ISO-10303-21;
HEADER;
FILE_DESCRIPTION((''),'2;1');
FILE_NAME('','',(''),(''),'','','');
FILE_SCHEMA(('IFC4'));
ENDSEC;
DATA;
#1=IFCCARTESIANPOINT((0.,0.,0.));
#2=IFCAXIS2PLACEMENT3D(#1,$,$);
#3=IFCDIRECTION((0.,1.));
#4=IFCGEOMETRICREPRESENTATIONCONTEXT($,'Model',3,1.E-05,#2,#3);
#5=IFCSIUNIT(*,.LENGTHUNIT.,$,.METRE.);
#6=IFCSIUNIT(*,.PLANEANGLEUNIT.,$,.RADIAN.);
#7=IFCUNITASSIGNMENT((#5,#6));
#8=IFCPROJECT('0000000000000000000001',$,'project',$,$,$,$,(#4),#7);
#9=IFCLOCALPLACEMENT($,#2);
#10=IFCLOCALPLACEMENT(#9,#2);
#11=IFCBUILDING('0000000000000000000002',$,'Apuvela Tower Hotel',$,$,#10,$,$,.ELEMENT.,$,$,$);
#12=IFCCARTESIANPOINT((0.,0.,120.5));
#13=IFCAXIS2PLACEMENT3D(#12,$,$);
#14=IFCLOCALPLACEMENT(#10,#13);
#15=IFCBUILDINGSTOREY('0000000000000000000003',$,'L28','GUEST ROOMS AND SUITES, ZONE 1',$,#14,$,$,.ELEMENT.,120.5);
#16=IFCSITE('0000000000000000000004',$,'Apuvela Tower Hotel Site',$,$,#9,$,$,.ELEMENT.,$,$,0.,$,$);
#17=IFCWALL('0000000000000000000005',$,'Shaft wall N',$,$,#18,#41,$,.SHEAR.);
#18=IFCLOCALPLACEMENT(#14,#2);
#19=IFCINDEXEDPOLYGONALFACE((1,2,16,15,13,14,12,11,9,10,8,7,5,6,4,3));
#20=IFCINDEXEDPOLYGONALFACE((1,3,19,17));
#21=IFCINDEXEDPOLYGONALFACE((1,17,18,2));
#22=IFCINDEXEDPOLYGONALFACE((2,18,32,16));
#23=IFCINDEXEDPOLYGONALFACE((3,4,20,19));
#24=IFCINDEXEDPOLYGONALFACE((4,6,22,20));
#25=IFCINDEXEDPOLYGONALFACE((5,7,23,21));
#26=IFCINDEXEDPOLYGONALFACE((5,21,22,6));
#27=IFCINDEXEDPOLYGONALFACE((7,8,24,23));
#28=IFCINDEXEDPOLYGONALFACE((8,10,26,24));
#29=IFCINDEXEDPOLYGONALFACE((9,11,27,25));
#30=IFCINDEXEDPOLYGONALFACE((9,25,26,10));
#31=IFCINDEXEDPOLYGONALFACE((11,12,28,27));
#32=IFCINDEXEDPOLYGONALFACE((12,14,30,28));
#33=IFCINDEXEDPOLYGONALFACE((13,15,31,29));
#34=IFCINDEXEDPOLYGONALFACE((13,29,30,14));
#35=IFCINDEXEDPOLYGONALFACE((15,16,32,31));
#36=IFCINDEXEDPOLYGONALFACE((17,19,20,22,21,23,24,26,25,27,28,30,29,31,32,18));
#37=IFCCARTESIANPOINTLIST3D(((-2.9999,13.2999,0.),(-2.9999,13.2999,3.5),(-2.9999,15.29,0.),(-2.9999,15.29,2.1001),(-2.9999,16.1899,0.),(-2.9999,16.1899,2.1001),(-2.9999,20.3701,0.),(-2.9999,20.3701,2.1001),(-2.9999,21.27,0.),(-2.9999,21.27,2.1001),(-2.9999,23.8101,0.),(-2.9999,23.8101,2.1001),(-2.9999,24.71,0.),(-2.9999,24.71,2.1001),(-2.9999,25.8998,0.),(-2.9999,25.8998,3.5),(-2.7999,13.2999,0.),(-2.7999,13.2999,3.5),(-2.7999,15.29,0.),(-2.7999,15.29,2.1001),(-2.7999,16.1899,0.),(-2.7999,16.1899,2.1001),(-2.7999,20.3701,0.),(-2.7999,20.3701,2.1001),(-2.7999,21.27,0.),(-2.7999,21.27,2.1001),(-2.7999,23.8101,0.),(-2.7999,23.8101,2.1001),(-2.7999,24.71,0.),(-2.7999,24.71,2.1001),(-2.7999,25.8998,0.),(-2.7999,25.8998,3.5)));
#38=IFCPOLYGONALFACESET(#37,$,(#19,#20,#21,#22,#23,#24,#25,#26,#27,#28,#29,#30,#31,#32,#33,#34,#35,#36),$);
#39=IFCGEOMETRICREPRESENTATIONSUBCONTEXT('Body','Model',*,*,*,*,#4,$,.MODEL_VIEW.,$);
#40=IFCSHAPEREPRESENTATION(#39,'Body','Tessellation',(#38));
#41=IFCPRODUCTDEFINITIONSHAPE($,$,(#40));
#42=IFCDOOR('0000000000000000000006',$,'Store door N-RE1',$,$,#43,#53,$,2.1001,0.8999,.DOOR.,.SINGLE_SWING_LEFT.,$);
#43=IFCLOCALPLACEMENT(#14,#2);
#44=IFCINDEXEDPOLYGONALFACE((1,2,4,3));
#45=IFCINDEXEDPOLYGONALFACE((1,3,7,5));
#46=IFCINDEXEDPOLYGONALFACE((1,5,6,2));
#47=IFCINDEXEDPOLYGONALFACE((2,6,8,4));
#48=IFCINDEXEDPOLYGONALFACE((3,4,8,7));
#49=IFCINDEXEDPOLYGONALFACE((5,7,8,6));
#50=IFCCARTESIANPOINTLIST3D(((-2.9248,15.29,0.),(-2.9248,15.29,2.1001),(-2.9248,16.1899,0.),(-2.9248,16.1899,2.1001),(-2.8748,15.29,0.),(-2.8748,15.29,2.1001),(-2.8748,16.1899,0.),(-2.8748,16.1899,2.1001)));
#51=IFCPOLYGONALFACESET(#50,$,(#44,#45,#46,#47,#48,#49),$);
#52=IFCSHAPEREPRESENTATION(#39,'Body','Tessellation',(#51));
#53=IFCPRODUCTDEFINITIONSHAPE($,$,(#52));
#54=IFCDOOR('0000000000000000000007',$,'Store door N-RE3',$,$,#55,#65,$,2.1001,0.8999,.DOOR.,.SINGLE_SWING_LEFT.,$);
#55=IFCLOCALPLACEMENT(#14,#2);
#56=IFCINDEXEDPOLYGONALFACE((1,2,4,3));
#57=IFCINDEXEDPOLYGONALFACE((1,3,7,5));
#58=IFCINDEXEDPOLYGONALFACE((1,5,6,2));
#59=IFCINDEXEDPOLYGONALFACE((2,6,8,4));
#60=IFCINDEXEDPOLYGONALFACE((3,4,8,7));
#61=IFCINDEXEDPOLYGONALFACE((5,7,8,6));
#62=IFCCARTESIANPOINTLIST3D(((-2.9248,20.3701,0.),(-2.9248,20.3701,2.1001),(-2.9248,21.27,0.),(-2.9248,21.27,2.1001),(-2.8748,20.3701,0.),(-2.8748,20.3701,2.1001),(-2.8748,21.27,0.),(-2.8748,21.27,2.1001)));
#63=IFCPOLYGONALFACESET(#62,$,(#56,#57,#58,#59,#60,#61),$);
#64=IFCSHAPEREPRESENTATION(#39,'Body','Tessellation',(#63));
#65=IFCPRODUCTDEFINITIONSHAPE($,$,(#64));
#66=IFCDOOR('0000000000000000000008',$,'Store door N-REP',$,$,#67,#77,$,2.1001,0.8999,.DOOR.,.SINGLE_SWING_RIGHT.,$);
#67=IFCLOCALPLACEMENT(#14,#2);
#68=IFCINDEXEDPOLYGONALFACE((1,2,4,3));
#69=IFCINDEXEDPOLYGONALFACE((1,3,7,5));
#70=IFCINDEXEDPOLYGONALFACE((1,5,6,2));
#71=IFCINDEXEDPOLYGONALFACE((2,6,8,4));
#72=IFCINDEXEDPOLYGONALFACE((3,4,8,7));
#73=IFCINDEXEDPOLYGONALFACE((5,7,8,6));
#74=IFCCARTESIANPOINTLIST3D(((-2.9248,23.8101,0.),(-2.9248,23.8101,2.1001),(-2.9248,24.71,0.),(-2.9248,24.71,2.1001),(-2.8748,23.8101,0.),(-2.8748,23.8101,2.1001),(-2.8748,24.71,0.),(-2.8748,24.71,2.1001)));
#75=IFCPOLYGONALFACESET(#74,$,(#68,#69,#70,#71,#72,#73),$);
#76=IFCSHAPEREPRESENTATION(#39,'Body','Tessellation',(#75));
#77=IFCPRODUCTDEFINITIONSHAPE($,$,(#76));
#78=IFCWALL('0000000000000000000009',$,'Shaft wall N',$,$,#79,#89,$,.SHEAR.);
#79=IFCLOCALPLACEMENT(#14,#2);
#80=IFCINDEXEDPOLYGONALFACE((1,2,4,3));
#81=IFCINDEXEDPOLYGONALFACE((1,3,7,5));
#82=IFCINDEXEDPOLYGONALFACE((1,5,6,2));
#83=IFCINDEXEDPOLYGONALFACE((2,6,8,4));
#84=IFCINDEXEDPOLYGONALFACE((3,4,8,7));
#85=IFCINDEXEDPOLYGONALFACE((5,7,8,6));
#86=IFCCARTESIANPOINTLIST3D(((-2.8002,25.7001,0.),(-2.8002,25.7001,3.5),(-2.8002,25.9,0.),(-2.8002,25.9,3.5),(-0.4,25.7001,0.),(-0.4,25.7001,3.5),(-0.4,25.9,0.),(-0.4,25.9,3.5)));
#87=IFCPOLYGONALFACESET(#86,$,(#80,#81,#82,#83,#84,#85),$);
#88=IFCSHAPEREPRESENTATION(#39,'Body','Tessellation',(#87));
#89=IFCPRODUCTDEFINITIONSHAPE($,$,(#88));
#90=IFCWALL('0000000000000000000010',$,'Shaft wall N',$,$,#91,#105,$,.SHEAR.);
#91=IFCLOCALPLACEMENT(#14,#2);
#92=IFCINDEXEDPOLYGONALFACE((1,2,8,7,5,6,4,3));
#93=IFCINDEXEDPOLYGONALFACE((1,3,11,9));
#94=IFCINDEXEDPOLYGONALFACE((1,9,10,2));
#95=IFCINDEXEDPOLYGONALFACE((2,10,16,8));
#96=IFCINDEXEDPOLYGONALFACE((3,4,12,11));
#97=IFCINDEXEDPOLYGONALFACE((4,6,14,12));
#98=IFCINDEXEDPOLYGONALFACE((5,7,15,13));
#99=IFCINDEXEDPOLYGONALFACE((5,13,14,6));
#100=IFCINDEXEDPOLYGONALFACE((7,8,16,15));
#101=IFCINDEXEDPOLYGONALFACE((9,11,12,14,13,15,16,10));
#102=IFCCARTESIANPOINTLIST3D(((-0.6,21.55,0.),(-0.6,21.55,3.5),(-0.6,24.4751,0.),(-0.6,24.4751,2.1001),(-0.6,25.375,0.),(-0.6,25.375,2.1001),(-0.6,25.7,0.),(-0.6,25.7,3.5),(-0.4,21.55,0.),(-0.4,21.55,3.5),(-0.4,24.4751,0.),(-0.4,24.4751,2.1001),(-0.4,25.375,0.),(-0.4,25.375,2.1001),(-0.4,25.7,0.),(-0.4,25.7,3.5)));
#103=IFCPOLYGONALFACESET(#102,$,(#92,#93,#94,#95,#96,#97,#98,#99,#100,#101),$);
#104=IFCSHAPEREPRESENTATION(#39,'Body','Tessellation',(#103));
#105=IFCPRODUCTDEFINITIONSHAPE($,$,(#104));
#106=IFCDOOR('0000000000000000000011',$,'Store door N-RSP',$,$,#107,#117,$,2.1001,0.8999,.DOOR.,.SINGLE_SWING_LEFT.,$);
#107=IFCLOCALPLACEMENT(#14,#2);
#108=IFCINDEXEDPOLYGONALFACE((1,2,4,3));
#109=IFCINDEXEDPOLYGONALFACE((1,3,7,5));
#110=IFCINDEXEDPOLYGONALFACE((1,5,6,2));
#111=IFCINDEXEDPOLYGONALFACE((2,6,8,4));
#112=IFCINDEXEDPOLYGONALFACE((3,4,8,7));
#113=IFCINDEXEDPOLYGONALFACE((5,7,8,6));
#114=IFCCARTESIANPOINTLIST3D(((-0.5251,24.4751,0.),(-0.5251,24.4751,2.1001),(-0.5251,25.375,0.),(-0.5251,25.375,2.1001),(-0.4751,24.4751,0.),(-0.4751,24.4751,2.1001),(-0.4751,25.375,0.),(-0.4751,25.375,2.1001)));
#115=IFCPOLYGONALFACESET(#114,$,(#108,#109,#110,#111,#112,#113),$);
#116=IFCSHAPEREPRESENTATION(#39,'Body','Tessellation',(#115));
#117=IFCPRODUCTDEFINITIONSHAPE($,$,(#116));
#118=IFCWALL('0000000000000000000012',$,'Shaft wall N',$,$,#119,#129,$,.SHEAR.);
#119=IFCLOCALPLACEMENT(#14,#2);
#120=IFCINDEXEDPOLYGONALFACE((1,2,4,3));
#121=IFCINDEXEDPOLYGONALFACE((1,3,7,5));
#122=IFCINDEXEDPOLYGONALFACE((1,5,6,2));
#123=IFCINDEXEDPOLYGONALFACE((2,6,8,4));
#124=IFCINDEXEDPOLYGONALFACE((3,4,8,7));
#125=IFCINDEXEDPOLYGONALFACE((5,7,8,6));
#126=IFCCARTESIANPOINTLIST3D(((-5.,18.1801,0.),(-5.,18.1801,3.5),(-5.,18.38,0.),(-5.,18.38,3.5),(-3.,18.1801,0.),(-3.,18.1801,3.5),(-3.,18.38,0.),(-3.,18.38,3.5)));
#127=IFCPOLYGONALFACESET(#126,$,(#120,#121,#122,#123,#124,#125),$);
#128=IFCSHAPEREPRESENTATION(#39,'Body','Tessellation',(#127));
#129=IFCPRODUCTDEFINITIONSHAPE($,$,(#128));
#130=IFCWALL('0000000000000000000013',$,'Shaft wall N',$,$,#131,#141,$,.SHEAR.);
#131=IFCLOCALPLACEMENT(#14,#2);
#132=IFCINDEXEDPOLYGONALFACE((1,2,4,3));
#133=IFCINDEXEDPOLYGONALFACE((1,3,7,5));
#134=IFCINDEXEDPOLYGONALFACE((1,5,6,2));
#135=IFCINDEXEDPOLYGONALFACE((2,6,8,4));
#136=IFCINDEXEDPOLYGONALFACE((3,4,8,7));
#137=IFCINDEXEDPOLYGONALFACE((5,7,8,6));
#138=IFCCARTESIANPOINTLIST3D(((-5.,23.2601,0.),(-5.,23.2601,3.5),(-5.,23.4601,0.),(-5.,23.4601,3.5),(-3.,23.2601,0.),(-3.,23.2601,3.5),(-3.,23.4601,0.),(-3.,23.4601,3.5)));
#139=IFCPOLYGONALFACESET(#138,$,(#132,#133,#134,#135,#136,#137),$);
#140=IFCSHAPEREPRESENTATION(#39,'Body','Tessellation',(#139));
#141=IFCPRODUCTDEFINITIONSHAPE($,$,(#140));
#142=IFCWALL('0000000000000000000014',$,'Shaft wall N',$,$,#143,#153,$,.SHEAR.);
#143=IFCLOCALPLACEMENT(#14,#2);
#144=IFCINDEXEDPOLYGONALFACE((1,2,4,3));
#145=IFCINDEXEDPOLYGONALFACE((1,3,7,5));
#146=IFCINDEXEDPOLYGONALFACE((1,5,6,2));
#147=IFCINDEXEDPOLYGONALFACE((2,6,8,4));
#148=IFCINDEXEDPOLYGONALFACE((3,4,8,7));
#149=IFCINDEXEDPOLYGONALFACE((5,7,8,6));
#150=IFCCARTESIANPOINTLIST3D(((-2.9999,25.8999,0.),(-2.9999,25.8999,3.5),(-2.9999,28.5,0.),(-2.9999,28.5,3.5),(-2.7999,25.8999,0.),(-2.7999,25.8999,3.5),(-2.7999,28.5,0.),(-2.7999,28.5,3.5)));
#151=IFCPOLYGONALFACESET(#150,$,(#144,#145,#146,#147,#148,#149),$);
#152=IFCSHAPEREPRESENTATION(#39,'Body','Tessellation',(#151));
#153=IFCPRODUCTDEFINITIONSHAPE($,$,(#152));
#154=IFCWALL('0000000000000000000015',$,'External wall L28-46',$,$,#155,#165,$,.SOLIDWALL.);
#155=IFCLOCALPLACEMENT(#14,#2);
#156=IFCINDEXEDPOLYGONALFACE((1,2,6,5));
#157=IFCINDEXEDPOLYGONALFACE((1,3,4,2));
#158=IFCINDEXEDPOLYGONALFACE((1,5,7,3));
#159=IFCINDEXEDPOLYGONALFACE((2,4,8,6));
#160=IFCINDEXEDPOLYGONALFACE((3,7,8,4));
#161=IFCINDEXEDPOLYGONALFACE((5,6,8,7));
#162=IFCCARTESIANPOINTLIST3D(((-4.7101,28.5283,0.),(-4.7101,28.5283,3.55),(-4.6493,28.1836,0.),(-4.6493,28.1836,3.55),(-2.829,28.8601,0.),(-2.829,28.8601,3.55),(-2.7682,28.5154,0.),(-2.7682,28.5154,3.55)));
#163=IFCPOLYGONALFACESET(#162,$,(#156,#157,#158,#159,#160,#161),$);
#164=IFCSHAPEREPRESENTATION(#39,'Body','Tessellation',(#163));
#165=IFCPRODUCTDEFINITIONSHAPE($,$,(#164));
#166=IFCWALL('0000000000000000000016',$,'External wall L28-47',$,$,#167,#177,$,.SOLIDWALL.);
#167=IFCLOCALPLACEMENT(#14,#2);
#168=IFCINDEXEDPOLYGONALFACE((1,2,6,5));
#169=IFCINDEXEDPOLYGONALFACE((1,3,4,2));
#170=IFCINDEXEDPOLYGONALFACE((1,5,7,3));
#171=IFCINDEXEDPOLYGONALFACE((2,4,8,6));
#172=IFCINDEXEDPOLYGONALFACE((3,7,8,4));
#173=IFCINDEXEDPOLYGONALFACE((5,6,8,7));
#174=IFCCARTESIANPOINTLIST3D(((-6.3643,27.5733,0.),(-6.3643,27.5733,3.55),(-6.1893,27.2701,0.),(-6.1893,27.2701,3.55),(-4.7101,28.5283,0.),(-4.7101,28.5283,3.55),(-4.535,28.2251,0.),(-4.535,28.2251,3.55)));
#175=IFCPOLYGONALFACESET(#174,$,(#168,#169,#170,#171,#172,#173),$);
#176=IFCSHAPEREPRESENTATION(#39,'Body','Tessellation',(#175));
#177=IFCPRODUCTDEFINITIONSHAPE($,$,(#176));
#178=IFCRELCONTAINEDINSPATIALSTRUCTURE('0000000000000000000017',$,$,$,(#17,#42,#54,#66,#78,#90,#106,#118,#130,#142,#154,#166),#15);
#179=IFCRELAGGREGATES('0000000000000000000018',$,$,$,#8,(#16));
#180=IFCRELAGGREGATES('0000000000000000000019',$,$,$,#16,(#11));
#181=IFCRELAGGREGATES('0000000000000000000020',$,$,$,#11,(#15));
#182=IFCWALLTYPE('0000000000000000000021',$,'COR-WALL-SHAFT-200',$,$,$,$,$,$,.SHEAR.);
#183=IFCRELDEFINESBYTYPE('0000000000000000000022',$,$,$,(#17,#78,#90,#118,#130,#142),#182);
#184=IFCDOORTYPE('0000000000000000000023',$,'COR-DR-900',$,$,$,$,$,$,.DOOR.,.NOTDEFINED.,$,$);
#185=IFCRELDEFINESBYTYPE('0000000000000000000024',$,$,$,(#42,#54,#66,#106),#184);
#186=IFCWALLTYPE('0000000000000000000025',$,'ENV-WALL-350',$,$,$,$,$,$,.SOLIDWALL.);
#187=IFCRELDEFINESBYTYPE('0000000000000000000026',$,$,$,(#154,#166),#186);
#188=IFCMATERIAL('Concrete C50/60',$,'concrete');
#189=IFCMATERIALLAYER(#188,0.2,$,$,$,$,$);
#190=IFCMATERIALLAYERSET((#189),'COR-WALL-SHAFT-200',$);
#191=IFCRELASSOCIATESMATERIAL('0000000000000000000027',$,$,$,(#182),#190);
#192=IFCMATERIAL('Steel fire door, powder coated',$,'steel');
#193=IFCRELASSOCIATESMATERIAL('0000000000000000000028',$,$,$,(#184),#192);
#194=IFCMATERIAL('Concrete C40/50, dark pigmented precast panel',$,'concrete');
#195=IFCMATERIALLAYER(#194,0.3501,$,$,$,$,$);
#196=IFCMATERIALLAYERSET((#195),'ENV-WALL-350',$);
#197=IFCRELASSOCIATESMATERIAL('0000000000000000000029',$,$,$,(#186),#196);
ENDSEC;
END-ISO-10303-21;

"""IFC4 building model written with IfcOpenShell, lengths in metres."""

from ifc_helpers import new_model, si_unit, direction, frame, frame_2d, origin, place, context, subcontext, project, spatial, rectangle, extrude, material, layer, layer_set, type_object, element, fill, save


model = new_model("IFC4")

# Units and contexts
model_context = context("Model", 3, precision=1e-05, world=origin(), true_north=direction((0.0, 1.0)))
body_context = subcontext(model_context, "Body", "Model", "MODEL_VIEW")
ifc_project = project(units=[si_unit("LENGTHUNIT", "METRE"), si_unit("PLANEANGLEUNIT", "RADIAN")], contexts=[model_context])

# Site, building, storey
site_placement = place(None, origin())
site = spatial("IfcSite", under=ifc_project, at=site_placement, Name="Apuvela Tower Hotel Site", CompositionType="ELEMENT", RefElevation=0.0)
building_placement = place(site_placement, origin())
building = spatial("IfcBuilding", under=site, at=building_placement, Name="Apuvela Tower Hotel", CompositionType="ELEMENT")
storey_placement = place(building_placement, frame((0.0, 0.0, 120.5)))
storey = spatial("IfcBuildingStorey", under=building, at=storey_placement, Name="L28", Description="GUEST ROOMS AND SUITES, ZONE 1", CompositionType="ELEMENT", Elevation=120.5)

# Shared definitions
ifc_material_1 = material(Name="Concrete C50/60", Category="concrete")
ifc_layer_1 = layer(ifc_material_1, 0.2)
ifc_layer_set_1 = layer_set([ifc_layer_1], Name="COR-WALL-SHAFT-200")
wall_type_1 = type_object("IfcWallType", Name="COR-WALL-SHAFT-200", PredefinedType="SHEAR", material=ifc_layer_set_1)

# Wall, openings, doors
wall_1_placement = place(storey_placement, frame((-2.8999, 13.3, 0.0), z_axis=(0.0, 0.0, 1.0), x_axis=(0.0, 1.0, 0.0)))
wall_1 = element("IfcWall", 1, at=wall_1_placement, inside=storey, type_object=wall_type_1, Name="Shaft wall N", PredefinedType="SHEAR", context=body_context, shape_type="SweptSolid", body=[
    extrude(rectangle(XDim=12.5999, YDim=0.2, at=frame_2d((6.2998, 0.0))), origin(), (0.0, 0.0, 1.0), 3.5),
])
opening_1_placement = place(wall_1_placement, frame((1.99, 0.0, 0.0)))
opening_1 = element("IfcOpeningElement", 2, at=opening_1_placement, cuts=wall_1, PredefinedType="OPENING", context=body_context, shape_type="SweptSolid", body=[
    extrude(rectangle(XDim=0.8999, YDim=2.1001, at=frame_2d((0.45, 1.05))), frame((0.0, 0.1099, 0.0), z_axis=(0.0, -1.0, 0.0), x_axis=(1.0, 0.0, 0.0)), (0.0, 0.0, 1.0), 0.22),
])
opening_2_placement = place(wall_1_placement, frame((7.0701, 0.0, 0.0)))
opening_2 = element("IfcOpeningElement", 3, at=opening_2_placement, cuts=wall_1, PredefinedType="OPENING", context=body_context, shape_type="SweptSolid", body=[
    extrude(rectangle(XDim=0.8999, YDim=2.1001, at=frame_2d((0.45, 1.05))), frame((0.0, 0.1099, 0.0), z_axis=(0.0, -1.0, 0.0), x_axis=(1.0, 0.0, 0.0)), (0.0, 0.0, 1.0), 0.22),
])
opening_3_placement = place(wall_1_placement, frame((10.51, 0.0, 0.0)))
opening_3 = element("IfcOpeningElement", 4, at=opening_3_placement, cuts=wall_1, PredefinedType="OPENING", context=body_context, shape_type="SweptSolid", body=[
    extrude(rectangle(XDim=0.8999, YDim=2.1001, at=frame_2d((0.45, 1.05))), frame((0.0, 0.1099, 0.0), z_axis=(0.0, -1.0, 0.0), x_axis=(1.0, 0.0, 0.0)), (0.0, 0.0, 1.0), 0.22),
])
ifc_material_2 = material(Name="Steel fire door, powder coated", Category="steel")
door_type_1 = type_object("IfcDoorType", Name="COR-DR-900", OperationType="NOTDEFINED", PredefinedType="DOOR", material=ifc_material_2)
door_1_placement = place(opening_1_placement, origin())
door_1 = element("IfcDoor", 5, at=door_1_placement, inside=storey, type_object=door_type_1, Name="Store door N-RE1", OperationType="SINGLE_SWING_LEFT", OverallHeight=2.1001, OverallWidth=0.8999, PredefinedType="DOOR", context=body_context, shape_type="SweptSolid", body=[
    extrude(rectangle(XDim=0.8999, YDim=2.1001, at=frame_2d((0.45, 1.05))), frame((0.0, 0.0249, 0.0), z_axis=(0.0, -1.0, 0.0), x_axis=(1.0, 0.0, 0.0)), (0.0, 0.0, 1.0), 0.05),
])
fill(opening_1, door_1)
door_2_placement = place(opening_2_placement, origin())
door_2 = element("IfcDoor", 6, at=door_2_placement, inside=storey, type_object=door_type_1, Name="Store door N-RE3", OperationType="SINGLE_SWING_LEFT", OverallHeight=2.1001, OverallWidth=0.8999, PredefinedType="DOOR", context=body_context, shape_type="SweptSolid", body=[
    extrude(rectangle(XDim=0.8999, YDim=2.1001, at=frame_2d((0.45, 1.05))), frame((0.0, 0.0249, 0.0), z_axis=(0.0, -1.0, 0.0), x_axis=(1.0, 0.0, 0.0)), (0.0, 0.0, 1.0), 0.05),
])
fill(opening_2, door_2)
door_3_placement = place(opening_3_placement, origin())
door_3 = element("IfcDoor", 7, at=door_3_placement, inside=storey, type_object=door_type_1, Name="Store door N-REP", OperationType="SINGLE_SWING_RIGHT", OverallHeight=2.1001, OverallWidth=0.8999, PredefinedType="DOOR", context=body_context, shape_type="SweptSolid", body=[
    extrude(rectangle(XDim=0.8999, YDim=2.1001, at=frame_2d((0.45, 1.05))), frame((0.0, 0.0249, 0.0), z_axis=(0.0, -1.0, 0.0), x_axis=(1.0, 0.0, 0.0)), (0.0, 0.0, 1.0), 0.05),
])
fill(opening_3, door_3)

# Wall
wall_2_placement = place(storey_placement, frame((-0.3999, 25.8, 0.0), z_axis=(0.0, 0.0, 1.0), x_axis=(-1.0, 0.0, 0.0)))
element("IfcWall", 8, at=wall_2_placement, inside=storey, type_object=wall_type_1, Name="Shaft wall N", PredefinedType="SHEAR", context=body_context, shape_type="SweptSolid", body=[
    extrude(rectangle(XDim=2.4001, YDim=0.2, at=frame_2d((1.2002, 0.0))), origin(), (0.0, 0.0, 1.0), 3.5),
])

# Wall, opening, door
wall_3_placement = place(storey_placement, frame((-0.5, 21.55, 0.0), z_axis=(0.0, 0.0, 1.0), x_axis=(0.0, 1.0, 0.0)))
wall_3 = element("IfcWall", 9, at=wall_3_placement, inside=storey, type_object=wall_type_1, Name="Shaft wall N", PredefinedType="SHEAR", context=body_context, shape_type="SweptSolid", body=[
    extrude(rectangle(XDim=4.1499, YDim=0.2, at=frame_2d((2.075, 0.0))), origin(), (0.0, 0.0, 1.0), 3.5),
])
opening_4_placement = place(wall_3_placement, frame((2.925, 0.0, 0.0)))
opening_4 = element("IfcOpeningElement", 10, at=opening_4_placement, cuts=wall_3, PredefinedType="OPENING", context=body_context, shape_type="SweptSolid", body=[
    extrude(rectangle(XDim=0.8999, YDim=2.1001, at=frame_2d((0.45, 1.05))), frame((0.0, 0.1099, 0.0), z_axis=(0.0, -1.0, 0.0), x_axis=(1.0, 0.0, 0.0)), (0.0, 0.0, 1.0), 0.22),
])
door_4_placement = place(opening_4_placement, frame((0.8999, 0.0, 0.0), z_axis=(0.0, 0.0, 1.0), x_axis=(-1.0, 0.0, 0.0)))
door_4 = element("IfcDoor", 11, at=door_4_placement, inside=storey, type_object=door_type_1, Name="Store door N-RSP", OperationType="SINGLE_SWING_LEFT", OverallHeight=2.1001, OverallWidth=0.8999, PredefinedType="DOOR", context=body_context, shape_type="SweptSolid", body=[
    extrude(rectangle(XDim=0.8999, YDim=2.1001, at=frame_2d((0.45, 1.05))), frame((0.0, 0.0249, 0.0), z_axis=(0.0, -1.0, 0.0), x_axis=(1.0, 0.0, 0.0)), (0.0, 0.0, 1.0), 0.05),
])
fill(opening_4, door_4)

# Walls
for number, where, z_axis, x_axis, name in (
    (12, (-3.0, 18.28, 0.0), (0.0, 0.0, 1.0), (-1.0, 0.0, 0.0), "Shaft wall N"),
    (13, (-3.0, 23.3601, 0.0), (0.0, 0.0, 1.0), (-1.0, 0.0, 0.0), "Shaft wall N"),
):
    element("IfcWall", number, at=place(storey_placement, frame(where, z_axis=z_axis, x_axis=x_axis)), inside=storey, type_object=wall_type_1, Name=name, PredefinedType="SHEAR", context=body_context, shape_type="SweptSolid", body=[
        extrude(rectangle(XDim=2.0, YDim=0.2, at=frame_2d((1.0, 0.0))), origin(), (0.0, 0.0, 1.0), 3.5),
    ])
wall_4_placement = place(storey_placement, frame((-2.8999, 25.8999, 0.0), z_axis=(0.0, 0.0, 1.0), x_axis=(0.0, 1.0, 0.0)))
element("IfcWall", 14, at=wall_4_placement, inside=storey, type_object=wall_type_1, Name="Shaft wall N", PredefinedType="SHEAR", context=body_context, shape_type="SweptSolid", body=[
    extrude(rectangle(XDim=2.6001, YDim=0.2, at=frame_2d((1.3, 0.0))), origin(), (0.0, 0.0, 1.0), 3.5),
])

# Shared definitions
ifc_material_3 = material(Name="Concrete C40/50, dark pigmented precast panel", Category="concrete")
ifc_layer_2 = layer(ifc_material_3, 0.3501)
ifc_layer_set_2 = layer_set([ifc_layer_2], Name="ENV-WALL-350")
wall_type_2 = type_object("IfcWallType", Name="ENV-WALL-350", PredefinedType="SOLIDWALL", material=ifc_layer_set_2)

# Walls
for number, where, z_axis, x_axis, name in (
    (15, (-2.7986, 28.6877, 0.0), (0.0, 0.0, 1.0), (-0.984799, -0.173698, 0.0), "External wall L28-46"),
    (16, (-4.6226, 28.3767, 0.0), (0.0, 0.0, 1.0), (-0.866032, -0.499988, 0.0), "External wall L28-47"),
):
    element("IfcWall", number, at=place(storey_placement, frame(where, z_axis=z_axis, x_axis=x_axis)), inside=storey, type_object=wall_type_2, Name=name, PredefinedType="SOLIDWALL", context=body_context, shape_type="SweptSolid", body=[
        extrude(rectangle(XDim=1.9102, YDim=0.3501, at=frame_2d((0.9551, 0.0))), origin(), (0.0, 0.0, 1.0), 3.55),
    ])

save(model, "model.ifc")
